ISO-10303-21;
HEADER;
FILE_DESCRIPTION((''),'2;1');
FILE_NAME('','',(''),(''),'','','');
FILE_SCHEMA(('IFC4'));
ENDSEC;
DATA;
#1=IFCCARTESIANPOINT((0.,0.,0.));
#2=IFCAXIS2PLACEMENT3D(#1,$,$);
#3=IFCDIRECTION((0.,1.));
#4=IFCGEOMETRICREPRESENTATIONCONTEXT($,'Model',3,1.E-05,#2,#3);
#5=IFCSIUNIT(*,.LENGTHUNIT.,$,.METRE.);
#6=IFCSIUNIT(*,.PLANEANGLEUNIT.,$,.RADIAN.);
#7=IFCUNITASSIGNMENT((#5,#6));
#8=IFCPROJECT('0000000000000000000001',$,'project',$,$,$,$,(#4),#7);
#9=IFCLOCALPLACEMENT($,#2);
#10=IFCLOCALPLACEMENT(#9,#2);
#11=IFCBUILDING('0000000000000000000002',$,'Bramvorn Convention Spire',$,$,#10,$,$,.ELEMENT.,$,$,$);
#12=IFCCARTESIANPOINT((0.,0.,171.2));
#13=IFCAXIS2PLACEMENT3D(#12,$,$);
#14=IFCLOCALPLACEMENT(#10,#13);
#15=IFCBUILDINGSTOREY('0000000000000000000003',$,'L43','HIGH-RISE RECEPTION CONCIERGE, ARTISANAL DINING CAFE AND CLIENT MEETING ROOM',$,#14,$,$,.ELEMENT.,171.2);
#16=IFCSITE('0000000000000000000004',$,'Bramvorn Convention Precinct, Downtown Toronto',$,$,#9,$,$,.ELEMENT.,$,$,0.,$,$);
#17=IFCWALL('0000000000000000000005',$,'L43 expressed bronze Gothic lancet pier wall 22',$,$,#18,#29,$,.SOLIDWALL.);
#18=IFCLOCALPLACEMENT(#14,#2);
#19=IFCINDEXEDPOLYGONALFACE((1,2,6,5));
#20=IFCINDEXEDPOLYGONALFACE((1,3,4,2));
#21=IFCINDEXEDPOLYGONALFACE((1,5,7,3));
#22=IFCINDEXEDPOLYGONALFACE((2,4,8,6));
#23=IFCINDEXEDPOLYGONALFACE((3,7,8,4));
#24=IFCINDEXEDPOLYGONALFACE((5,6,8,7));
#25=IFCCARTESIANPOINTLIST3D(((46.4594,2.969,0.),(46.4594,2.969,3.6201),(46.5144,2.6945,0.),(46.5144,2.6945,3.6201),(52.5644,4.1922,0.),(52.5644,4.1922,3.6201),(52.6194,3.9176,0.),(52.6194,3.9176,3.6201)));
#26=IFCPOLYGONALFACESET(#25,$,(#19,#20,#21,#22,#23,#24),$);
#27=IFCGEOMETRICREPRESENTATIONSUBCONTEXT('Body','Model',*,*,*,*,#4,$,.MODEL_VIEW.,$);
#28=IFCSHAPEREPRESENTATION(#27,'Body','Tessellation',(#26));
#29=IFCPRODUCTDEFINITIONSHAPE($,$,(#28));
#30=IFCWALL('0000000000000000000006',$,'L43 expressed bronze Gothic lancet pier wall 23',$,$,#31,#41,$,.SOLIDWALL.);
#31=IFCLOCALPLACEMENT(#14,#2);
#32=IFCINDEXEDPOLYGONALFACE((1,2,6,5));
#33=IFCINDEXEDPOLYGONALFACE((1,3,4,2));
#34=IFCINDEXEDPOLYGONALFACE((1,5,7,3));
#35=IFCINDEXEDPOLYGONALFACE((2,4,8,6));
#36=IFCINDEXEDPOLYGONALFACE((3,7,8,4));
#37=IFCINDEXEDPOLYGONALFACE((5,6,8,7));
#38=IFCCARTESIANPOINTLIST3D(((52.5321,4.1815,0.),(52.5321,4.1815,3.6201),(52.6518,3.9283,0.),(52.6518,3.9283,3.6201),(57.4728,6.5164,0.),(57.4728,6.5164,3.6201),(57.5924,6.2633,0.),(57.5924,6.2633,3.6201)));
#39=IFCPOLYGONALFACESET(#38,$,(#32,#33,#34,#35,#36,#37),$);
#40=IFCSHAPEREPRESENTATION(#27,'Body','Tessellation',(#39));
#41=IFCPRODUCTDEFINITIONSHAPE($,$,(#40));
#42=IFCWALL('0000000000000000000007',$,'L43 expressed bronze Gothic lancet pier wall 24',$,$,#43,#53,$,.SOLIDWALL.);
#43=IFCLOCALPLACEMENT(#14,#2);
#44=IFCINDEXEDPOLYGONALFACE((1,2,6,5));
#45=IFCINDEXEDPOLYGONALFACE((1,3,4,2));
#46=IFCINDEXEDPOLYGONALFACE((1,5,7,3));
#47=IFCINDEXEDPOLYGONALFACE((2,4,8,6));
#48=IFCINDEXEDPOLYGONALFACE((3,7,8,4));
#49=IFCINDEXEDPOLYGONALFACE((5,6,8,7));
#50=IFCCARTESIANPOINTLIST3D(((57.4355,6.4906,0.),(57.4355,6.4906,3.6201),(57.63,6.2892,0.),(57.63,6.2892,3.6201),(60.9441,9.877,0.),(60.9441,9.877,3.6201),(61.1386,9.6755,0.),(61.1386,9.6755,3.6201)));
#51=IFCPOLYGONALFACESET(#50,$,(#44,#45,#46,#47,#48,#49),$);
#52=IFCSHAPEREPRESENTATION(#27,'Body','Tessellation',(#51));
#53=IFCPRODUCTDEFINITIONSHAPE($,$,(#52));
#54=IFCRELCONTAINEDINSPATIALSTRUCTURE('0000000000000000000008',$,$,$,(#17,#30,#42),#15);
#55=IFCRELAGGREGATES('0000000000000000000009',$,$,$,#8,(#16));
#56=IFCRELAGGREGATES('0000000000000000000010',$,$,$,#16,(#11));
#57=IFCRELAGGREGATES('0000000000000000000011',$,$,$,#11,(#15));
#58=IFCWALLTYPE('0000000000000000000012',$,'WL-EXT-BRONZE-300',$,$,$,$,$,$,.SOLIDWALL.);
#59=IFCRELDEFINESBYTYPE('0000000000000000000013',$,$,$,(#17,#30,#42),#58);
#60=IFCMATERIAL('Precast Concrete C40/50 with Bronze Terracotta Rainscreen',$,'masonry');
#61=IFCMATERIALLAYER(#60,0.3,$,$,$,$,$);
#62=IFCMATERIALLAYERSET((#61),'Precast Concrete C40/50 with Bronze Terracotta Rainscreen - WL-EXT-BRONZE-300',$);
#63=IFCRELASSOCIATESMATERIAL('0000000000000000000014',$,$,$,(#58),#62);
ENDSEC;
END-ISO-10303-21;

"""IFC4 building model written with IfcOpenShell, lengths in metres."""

from ifc_helpers import new_model, si_unit, direction, frame, frame_2d, origin, place, context, subcontext, project, spatial, rectangle, extrude, material, layer, layer_set, type_object, element, save


model = new_model("IFC4")

# Units and contexts
model_context = context("Model", 3, precision=1e-05, world=origin(), true_north=direction((0.0, 1.0)))
body_context = subcontext(model_context, "Body", "Model", "MODEL_VIEW")
ifc_project = project(units=[si_unit("LENGTHUNIT", "METRE"), si_unit("PLANEANGLEUNIT", "RADIAN")], contexts=[model_context])

# Site, building, storey
site_placement = place(None, origin())
site = spatial("IfcSite", under=ifc_project, at=site_placement, Name="Bramvorn Convention Precinct, Downtown Toronto", CompositionType="ELEMENT", RefElevation=0.0)
building_placement = place(site_placement, origin())
building = spatial("IfcBuilding", under=site, at=building_placement, Name="Bramvorn Convention Spire", CompositionType="ELEMENT")
storey_placement = place(building_placement, frame((0.0, 0.0, 171.2)))
storey = spatial("IfcBuildingStorey", under=building, at=storey_placement, Name="L43", Description="HIGH-RISE RECEPTION CONCIERGE, ARTISANAL DINING CAFE AND CLIENT MEETING ROOM", CompositionType="ELEMENT", Elevation=171.2)

# Walls
ifc_material_1 = material(Name="Precast Concrete C40/50 with Bronze Terracotta Rainscreen", Category="masonry")
ifc_layer_1 = layer(ifc_material_1, 0.3)
ifc_layer_set_1 = layer_set([ifc_layer_1], Name="Precast Concrete C40/50 with Bronze Terracotta Rainscreen - WL-EXT-BRONZE-300")
wall_type = type_object("IfcWallType", Name="WL-EXT-BRONZE-300", PredefinedType="SOLIDWALL", material=ifc_layer_set_1)
wall_1_placement = place(storey_placement, frame((52.592, 4.0549, 0.0), z_axis=(0.0, 0.0, 1.0), x_axis=(-0.980514, -0.196448, 0.0)))
element("IfcWall", 1, at=wall_1_placement, inside=storey, type_object=wall_type, Name="L43 expressed bronze Gothic lancet pier wall 22", PredefinedType="SOLIDWALL", context=body_context, shape_type="SweptSolid", body=[
    extrude(rectangle(XDim=6.2263, YDim=0.28, at=frame_2d((3.1133, 0.0))), origin(), (0.0, 0.0, 1.0), 3.6201),
])
wall_2_placement = place(storey_placement, frame((57.5327, 6.3899, 0.0), z_axis=(0.0, 0.0, 1.0), x_axis=(-0.904117, -0.427285, 0.0)))
element("IfcWall", 2, at=wall_2_placement, inside=storey, type_object=wall_type, Name="L43 expressed bronze Gothic lancet pier wall 23", PredefinedType="SOLIDWALL", context=body_context, shape_type="SweptSolid", body=[
    extrude(rectangle(XDim=5.4646, YDim=0.28, at=frame_2d((2.7324, 0.0))), origin(), (0.0, 0.0, 1.0), 3.6201),
])
wall_3_placement = place(storey_placement, frame((61.0413, 9.7761, 0.0), z_axis=(0.0, 0.0, 1.0), x_axis=(-0.719538, -0.694453, 0.0)))
element("IfcWall", 3, at=wall_3_placement, inside=storey, type_object=wall_type, Name="L43 expressed bronze Gothic lancet pier wall 24", PredefinedType="SOLIDWALL", context=body_context, shape_type="SweptSolid", body=[
    extrude(rectangle(XDim=4.8762, YDim=0.28, at=frame_2d((2.438, 0.0))), origin(), (0.0, 0.0, 1.0), 3.6201),
])

save(model, "model.ifc")
